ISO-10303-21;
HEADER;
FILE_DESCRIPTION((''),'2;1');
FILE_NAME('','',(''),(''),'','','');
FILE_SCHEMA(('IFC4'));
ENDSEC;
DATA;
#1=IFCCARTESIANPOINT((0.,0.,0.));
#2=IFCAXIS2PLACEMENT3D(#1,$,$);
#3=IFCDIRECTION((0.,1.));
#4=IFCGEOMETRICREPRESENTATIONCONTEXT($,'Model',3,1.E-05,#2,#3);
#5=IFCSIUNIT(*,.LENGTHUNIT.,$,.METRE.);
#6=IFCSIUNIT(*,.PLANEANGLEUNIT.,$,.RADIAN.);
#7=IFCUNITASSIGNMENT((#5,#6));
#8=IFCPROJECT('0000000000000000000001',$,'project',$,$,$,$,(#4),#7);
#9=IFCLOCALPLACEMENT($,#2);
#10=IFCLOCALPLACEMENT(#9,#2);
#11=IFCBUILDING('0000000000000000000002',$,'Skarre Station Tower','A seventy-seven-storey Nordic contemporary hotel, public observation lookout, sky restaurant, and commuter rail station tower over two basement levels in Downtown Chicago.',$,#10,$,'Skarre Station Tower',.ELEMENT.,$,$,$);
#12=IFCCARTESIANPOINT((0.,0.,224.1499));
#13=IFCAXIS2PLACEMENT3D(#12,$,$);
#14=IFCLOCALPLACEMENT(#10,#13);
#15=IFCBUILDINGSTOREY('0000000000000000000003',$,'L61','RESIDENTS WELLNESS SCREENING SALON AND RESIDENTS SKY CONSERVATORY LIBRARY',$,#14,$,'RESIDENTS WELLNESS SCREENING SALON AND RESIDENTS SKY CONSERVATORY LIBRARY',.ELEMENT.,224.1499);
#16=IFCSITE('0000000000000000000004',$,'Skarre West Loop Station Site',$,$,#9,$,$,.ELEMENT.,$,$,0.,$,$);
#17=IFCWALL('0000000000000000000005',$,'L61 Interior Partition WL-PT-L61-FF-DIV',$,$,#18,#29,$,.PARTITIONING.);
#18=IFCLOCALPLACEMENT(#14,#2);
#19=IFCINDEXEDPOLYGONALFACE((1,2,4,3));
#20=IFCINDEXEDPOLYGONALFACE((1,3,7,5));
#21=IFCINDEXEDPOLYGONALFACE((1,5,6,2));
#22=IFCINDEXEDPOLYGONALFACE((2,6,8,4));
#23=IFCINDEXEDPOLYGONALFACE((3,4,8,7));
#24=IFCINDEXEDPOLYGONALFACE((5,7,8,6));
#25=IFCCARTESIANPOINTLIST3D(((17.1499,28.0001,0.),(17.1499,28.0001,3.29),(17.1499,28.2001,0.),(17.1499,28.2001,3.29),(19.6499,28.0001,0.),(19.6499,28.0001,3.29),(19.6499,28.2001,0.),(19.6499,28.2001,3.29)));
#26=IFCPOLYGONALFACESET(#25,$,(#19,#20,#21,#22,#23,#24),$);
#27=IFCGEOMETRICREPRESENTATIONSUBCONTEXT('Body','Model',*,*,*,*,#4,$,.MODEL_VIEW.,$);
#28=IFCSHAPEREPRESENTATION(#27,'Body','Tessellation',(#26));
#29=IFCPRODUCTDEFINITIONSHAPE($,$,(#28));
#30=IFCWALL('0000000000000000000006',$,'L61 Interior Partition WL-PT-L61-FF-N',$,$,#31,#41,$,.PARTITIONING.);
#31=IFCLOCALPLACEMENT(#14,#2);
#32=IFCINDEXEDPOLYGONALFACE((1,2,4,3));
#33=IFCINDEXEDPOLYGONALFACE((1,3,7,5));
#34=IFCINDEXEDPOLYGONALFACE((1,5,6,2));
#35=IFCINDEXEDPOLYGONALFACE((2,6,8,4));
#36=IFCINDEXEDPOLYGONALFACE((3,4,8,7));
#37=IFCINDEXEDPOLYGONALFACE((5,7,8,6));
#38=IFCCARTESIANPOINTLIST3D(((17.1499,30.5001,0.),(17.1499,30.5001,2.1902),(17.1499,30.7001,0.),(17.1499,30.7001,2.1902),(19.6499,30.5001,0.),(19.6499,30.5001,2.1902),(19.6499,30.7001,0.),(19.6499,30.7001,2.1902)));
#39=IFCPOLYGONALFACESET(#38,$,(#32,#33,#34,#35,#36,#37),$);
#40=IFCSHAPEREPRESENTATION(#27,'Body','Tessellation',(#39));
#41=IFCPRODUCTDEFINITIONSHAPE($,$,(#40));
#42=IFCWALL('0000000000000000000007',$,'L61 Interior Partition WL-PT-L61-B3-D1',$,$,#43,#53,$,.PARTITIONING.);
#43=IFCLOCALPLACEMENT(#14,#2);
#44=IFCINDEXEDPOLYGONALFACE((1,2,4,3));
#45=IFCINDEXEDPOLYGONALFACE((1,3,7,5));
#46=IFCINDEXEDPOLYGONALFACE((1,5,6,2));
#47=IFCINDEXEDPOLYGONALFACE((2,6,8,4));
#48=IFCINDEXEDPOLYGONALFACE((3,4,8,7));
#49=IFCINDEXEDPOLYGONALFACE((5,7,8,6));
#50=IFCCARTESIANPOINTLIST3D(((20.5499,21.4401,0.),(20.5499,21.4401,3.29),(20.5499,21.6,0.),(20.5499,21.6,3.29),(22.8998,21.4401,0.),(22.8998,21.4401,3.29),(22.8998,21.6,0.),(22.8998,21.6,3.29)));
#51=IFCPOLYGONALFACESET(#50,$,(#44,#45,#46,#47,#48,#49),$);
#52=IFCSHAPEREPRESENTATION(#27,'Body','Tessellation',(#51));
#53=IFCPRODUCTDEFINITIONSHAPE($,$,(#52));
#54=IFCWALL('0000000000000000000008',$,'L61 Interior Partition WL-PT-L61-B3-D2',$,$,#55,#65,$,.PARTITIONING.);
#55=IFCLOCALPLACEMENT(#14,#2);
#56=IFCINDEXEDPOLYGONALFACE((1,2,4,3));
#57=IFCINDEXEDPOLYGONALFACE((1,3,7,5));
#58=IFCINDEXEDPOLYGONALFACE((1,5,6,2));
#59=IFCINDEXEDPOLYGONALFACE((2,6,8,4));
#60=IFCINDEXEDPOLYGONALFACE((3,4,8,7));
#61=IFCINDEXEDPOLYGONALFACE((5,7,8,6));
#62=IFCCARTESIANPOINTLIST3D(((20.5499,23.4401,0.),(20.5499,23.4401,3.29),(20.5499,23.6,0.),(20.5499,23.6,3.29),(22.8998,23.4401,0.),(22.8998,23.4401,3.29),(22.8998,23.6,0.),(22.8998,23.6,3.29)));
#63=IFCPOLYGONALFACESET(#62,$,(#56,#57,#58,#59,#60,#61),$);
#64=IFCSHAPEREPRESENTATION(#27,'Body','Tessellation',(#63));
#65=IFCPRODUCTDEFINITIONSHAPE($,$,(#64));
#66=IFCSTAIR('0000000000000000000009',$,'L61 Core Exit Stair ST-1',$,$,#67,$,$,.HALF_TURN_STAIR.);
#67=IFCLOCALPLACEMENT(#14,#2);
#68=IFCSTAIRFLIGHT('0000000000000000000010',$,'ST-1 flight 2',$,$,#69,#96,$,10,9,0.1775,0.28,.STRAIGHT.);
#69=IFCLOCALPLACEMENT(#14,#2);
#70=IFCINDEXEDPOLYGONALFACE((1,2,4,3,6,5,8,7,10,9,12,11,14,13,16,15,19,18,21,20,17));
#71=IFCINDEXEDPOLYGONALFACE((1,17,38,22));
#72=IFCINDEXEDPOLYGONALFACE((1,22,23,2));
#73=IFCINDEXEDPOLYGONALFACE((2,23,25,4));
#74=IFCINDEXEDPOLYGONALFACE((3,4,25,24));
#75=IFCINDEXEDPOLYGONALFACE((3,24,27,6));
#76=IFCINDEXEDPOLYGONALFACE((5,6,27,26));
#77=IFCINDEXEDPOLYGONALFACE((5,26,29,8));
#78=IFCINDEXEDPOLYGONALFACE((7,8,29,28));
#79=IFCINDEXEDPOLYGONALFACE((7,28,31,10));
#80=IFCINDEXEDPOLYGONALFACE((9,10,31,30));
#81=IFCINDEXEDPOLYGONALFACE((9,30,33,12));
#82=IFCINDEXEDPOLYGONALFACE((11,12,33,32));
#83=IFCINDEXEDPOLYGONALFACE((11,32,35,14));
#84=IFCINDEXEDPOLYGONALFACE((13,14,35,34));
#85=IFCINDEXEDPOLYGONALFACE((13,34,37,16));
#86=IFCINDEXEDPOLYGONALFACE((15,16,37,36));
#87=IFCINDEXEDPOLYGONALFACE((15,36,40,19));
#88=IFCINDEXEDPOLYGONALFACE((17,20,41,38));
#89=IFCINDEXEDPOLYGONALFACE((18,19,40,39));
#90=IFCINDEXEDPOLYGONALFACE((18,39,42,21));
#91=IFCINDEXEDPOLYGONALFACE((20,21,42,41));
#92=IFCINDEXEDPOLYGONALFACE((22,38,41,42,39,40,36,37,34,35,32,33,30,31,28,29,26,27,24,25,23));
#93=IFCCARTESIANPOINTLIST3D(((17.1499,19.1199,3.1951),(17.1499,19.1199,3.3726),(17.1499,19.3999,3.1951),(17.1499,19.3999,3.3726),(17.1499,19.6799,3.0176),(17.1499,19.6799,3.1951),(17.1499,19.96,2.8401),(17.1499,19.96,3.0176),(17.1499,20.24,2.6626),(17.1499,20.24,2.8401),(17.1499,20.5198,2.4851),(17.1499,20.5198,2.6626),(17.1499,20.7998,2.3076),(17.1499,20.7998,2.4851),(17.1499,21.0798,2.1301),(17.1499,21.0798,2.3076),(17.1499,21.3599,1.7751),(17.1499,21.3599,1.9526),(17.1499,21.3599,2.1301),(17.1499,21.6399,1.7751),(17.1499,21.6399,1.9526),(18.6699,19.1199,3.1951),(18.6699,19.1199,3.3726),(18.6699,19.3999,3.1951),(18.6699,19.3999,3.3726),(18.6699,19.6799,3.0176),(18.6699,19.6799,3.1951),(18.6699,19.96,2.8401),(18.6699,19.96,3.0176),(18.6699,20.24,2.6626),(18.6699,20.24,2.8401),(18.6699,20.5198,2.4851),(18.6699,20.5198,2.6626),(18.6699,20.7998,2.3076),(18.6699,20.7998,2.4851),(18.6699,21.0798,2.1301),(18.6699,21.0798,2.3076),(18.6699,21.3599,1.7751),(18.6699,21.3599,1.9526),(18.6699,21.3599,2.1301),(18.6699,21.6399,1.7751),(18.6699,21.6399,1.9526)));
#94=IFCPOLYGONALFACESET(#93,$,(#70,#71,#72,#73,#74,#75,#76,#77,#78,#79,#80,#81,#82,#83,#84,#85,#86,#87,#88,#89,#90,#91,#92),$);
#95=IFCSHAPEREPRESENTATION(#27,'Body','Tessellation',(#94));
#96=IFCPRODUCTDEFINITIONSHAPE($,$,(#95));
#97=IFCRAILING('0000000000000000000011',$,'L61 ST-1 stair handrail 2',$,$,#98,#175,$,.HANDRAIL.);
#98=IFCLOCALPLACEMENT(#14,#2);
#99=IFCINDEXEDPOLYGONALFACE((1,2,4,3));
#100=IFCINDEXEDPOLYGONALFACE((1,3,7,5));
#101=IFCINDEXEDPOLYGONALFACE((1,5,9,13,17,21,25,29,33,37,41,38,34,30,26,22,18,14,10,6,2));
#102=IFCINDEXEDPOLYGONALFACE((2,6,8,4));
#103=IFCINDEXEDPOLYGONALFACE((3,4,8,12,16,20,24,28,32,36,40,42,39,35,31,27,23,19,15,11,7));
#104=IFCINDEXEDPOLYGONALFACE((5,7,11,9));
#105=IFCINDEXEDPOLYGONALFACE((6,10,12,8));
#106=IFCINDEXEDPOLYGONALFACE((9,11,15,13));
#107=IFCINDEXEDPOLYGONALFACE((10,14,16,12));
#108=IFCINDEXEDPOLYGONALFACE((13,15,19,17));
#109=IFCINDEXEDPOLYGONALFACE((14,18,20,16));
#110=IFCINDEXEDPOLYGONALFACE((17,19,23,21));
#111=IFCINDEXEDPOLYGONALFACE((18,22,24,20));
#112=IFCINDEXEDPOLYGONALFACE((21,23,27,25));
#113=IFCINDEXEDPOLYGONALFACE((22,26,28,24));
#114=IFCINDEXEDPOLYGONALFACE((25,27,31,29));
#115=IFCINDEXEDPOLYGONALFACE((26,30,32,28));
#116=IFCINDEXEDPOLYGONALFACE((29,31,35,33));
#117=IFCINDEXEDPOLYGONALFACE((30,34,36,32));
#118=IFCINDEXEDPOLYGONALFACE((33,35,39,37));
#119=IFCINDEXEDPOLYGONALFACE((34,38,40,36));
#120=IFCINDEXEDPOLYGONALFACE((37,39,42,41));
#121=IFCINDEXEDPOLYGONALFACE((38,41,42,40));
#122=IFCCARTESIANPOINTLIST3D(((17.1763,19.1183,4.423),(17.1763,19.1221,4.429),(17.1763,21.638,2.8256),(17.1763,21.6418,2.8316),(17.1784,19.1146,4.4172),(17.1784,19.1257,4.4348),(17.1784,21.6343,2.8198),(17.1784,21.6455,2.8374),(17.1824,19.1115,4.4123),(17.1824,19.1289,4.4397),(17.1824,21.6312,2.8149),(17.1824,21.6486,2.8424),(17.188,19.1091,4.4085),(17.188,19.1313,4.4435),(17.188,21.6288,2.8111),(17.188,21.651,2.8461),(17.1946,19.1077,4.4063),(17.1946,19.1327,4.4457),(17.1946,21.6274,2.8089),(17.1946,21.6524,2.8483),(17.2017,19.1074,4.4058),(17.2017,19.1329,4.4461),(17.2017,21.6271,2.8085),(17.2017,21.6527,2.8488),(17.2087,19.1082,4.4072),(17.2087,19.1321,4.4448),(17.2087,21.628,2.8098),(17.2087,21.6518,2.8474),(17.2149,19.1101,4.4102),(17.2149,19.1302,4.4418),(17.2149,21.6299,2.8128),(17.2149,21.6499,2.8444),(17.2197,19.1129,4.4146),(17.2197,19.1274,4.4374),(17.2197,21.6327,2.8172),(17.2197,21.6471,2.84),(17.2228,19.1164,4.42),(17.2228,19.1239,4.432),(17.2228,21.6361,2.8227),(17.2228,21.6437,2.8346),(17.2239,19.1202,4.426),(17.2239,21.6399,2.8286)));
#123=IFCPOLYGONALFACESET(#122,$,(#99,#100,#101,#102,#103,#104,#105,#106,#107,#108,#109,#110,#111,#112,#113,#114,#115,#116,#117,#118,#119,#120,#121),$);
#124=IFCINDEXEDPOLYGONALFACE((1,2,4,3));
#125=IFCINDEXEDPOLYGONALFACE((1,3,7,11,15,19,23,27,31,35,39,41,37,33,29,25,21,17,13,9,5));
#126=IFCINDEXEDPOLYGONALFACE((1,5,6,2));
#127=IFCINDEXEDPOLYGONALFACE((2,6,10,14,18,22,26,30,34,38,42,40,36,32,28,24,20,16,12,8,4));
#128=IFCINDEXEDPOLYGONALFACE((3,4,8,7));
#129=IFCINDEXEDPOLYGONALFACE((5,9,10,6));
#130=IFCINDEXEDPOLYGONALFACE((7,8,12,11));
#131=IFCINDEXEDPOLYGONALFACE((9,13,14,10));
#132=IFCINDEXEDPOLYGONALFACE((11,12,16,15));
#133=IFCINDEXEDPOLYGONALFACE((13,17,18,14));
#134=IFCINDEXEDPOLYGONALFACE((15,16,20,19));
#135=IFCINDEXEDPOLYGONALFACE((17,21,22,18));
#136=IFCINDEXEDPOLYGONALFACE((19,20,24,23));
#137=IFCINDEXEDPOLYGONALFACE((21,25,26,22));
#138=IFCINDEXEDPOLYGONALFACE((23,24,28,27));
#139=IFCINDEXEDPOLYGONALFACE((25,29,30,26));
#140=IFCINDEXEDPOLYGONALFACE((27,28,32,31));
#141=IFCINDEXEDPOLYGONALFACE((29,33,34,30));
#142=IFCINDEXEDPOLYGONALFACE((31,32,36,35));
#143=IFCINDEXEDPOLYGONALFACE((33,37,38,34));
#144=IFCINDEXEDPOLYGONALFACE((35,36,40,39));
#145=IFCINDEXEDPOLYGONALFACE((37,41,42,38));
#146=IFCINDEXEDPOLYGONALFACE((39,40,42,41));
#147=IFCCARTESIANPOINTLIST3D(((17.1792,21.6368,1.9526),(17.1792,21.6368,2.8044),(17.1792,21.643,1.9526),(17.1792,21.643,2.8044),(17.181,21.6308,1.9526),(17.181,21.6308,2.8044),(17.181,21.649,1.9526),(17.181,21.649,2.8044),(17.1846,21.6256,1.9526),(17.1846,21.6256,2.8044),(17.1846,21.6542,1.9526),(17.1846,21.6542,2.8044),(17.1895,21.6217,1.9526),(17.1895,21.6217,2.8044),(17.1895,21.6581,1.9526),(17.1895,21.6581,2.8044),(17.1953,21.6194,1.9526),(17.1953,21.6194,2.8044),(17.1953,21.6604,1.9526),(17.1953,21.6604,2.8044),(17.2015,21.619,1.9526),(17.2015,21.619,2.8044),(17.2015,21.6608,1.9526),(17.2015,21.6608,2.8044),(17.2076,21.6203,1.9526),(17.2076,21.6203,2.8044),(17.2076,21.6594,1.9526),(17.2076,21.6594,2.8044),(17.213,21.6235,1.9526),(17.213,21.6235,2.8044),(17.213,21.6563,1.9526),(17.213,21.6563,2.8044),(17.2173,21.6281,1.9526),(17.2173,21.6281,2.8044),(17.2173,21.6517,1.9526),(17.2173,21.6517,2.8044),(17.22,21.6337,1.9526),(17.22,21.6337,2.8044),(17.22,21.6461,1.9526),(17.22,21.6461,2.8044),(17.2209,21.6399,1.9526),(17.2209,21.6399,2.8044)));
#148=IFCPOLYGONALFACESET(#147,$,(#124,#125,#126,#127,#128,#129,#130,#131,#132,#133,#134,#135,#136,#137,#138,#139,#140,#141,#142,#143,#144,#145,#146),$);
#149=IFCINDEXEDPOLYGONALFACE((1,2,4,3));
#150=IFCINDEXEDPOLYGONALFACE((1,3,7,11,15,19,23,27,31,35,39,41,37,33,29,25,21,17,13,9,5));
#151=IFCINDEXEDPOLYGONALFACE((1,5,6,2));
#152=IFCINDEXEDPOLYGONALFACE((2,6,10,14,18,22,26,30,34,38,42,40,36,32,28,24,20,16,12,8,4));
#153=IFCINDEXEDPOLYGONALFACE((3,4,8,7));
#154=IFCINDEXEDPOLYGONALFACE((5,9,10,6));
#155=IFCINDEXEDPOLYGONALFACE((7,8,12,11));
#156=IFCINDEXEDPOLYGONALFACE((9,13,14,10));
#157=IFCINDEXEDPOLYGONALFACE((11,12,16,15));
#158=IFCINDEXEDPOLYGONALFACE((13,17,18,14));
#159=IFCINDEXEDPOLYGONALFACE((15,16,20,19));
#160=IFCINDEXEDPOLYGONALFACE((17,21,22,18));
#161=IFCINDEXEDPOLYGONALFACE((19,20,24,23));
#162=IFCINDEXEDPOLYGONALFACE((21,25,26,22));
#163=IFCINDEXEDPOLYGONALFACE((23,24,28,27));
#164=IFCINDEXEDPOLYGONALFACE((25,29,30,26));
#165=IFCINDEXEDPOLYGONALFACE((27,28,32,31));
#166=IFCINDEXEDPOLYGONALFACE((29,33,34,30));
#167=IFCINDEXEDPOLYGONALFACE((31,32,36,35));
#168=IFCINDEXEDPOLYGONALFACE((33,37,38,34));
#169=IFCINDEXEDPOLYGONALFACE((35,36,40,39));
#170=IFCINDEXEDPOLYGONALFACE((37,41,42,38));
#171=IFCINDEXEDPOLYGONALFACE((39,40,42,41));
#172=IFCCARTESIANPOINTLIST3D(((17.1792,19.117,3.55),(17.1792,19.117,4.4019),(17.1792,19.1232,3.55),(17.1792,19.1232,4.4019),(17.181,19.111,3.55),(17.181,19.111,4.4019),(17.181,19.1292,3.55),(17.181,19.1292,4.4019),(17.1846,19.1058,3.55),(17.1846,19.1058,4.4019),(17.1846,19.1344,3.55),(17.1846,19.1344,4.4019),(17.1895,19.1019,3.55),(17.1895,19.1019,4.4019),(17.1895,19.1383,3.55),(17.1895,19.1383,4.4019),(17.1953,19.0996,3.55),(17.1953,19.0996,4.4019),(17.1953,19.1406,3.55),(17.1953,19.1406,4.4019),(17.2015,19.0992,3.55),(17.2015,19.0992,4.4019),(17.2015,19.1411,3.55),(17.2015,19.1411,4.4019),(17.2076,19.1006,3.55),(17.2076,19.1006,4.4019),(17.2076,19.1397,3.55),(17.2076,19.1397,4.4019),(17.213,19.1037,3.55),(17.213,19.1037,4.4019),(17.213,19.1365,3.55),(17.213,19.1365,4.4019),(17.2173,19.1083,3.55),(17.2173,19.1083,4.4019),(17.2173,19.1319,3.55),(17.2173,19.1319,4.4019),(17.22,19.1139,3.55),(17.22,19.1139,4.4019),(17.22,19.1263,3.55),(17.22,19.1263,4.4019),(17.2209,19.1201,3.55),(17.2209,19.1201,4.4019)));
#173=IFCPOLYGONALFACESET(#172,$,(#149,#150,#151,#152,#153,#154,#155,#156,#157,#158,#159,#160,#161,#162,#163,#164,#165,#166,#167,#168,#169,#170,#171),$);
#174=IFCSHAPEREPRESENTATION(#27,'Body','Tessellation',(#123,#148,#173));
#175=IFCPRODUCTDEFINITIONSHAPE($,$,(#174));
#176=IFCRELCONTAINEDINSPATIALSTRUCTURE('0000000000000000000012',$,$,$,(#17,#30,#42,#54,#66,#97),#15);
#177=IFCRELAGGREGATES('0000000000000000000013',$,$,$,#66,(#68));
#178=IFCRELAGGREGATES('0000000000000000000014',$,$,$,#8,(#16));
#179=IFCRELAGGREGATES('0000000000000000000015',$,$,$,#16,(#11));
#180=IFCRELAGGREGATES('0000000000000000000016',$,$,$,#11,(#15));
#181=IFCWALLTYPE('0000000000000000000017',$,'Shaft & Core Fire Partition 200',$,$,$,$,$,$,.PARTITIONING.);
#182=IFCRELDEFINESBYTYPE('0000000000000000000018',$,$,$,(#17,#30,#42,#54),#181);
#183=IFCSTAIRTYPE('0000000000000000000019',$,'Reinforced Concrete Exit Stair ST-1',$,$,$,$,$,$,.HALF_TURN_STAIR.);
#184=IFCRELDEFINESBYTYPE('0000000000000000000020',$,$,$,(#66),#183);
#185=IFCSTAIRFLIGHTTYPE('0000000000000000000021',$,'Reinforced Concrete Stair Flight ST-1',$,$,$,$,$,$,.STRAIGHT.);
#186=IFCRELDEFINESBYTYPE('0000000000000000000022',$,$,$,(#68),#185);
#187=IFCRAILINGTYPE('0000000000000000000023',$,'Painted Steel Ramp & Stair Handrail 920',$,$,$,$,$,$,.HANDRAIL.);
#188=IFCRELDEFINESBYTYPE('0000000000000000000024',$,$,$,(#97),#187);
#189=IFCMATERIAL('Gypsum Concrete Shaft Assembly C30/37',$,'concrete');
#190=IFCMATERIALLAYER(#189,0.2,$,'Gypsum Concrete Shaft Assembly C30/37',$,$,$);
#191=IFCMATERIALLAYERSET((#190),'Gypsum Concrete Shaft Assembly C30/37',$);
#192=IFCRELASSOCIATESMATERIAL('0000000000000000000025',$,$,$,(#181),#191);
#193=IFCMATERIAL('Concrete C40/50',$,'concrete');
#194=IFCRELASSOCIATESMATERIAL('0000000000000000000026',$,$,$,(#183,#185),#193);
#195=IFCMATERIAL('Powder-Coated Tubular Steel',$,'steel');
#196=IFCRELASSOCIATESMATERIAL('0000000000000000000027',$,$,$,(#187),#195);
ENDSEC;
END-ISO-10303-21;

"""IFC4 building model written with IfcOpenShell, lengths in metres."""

from ifc_helpers import new_model, si_unit, direction, frame, frame_2d, origin, origin_2d, place, context, subcontext, project, spatial, polyline, rectangle, circle, outline, extrude, material, layer, layer_set, type_object, element, aggregate, save


model = new_model("IFC4")

# Units and contexts
model_context = context("Model", 3, precision=1e-05, world=origin(), true_north=direction((0.0, 1.0)))
body_context = subcontext(model_context, "Body", "Model", "MODEL_VIEW")
ifc_project = project(units=[si_unit("LENGTHUNIT", "METRE"), si_unit("PLANEANGLEUNIT", "RADIAN")], contexts=[model_context])

# Site, building, storey
site_placement = place(None, origin())
site = spatial("IfcSite", under=ifc_project, at=site_placement, Name="Skarre West Loop Station Site", CompositionType="ELEMENT", RefElevation=0.0)
building_placement = place(site_placement, origin())
building = spatial("IfcBuilding", under=site, at=building_placement, Name="Skarre Station Tower", Description="A seventy-seven-storey Nordic contemporary hotel, public observation lookout, sky restaurant, and commuter rail station tower over two basement levels in Downtown Chicago.", LongName="Skarre Station Tower", CompositionType="ELEMENT")
storey_placement = place(building_placement, frame((0.0, 0.0, 224.1499)))
storey = spatial("IfcBuildingStorey", under=building, at=storey_placement, Name="L61", Description="RESIDENTS WELLNESS SCREENING SALON AND RESIDENTS SKY CONSERVATORY LIBRARY", LongName="RESIDENTS WELLNESS SCREENING SALON AND RESIDENTS SKY CONSERVATORY LIBRARY", CompositionType="ELEMENT", Elevation=224.1499)

# Shared definitions
ifc_material_1 = material(Name="Gypsum Concrete Shaft Assembly C30/37", Category="concrete")
ifc_layer_1 = layer(ifc_material_1, 0.2, Name="Gypsum Concrete Shaft Assembly C30/37")
ifc_layer_set_1 = layer_set([ifc_layer_1], Name="Gypsum Concrete Shaft Assembly C30/37")
wall_type_1 = type_object("IfcWallType", Name="Shaft & Core Fire Partition 200", PredefinedType="PARTITIONING", material=ifc_layer_set_1)

# Walls
wall_1_placement = place(storey_placement, frame((17.1499, 28.1001, 0.0), z_axis=(0.0, 0.0, 1.0), x_axis=(1.0, 0.0, 0.0)))
element("IfcWall", 1, at=wall_1_placement, inside=storey, type_object=wall_type_1, Name="L61 Interior Partition WL-PT-L61-FF-DIV", PredefinedType="PARTITIONING", context=body_context, shape_type="SweptSolid", body=[
    extrude(rectangle(XDim=2.5, YDim=0.2, at=frame_2d((1.25, 0.0))), origin(), (0.0, 0.0, 1.0), 3.29),
])
wall_2_placement = place(storey_placement, frame((19.6499, 30.6001, 0.0), z_axis=(0.0, 0.0, 1.0), x_axis=(-1.0, 0.0, 0.0)))
element("IfcWall", 2, at=wall_2_placement, inside=storey, type_object=wall_type_1, Name="L61 Interior Partition WL-PT-L61-FF-N", PredefinedType="PARTITIONING", context=body_context, shape_type="SweptSolid", body=[
    extrude(rectangle(XDim=2.5, YDim=0.2, at=frame_2d((1.25, 0.0))), origin(), (0.0, 0.0, 1.0), 2.1902),
])
for number, where, z_axis, x_axis, name in (
    (3, (20.55, 21.52, 0.0), (0.0, 0.0, 1.0), (1.0, 0.0, 0.0), "L61 Interior Partition WL-PT-L61-B3-D1"),
    (4, (20.55, 23.52, 0.0), (0.0, 0.0, 1.0), (1.0, 0.0, 0.0), "L61 Interior Partition WL-PT-L61-B3-D2"),
):
    element("IfcWall", number, at=place(storey_placement, frame(where, z_axis=z_axis, x_axis=x_axis)), inside=storey, type_object=wall_type_1, Name=name, PredefinedType="PARTITIONING", context=body_context, shape_type="SweptSolid", body=[
        extrude(rectangle(XDim=2.3499, YDim=0.1599, at=frame_2d((1.1748, 0.0))), origin(), (0.0, 0.0, 1.0), 3.29),
    ])

# Stair, stair flight
ifc_material_2 = material(Name="Concrete C40/50", Category="concrete")
stair_type = type_object("IfcStairType", Name="Reinforced Concrete Exit Stair ST-1", PredefinedType="HALF_TURN_STAIR", material=ifc_material_2)
stair_placement = place(storey_placement, origin())
stair = element("IfcStair", 5, at=stair_placement, inside=storey, type_object=stair_type, Name="L61 Core Exit Stair ST-1", PredefinedType="HALF_TURN_STAIR")
stair_flight_type = type_object("IfcStairFlightType", Name="Reinforced Concrete Stair Flight ST-1", PredefinedType="STRAIGHT", material=ifc_material_2)
stair_flight_placement = place(storey_placement, frame((17.9099, 21.6399, 1.7751), z_axis=(0.0, 0.0, 1.0), x_axis=(0.0, -1.0, 0.0)))
stair_flight = element("IfcStairFlight", 6, at=stair_flight_placement, type_object=stair_flight_type, Name="ST-1 flight 2", NumberOfRisers=10, NumberOfTreads=9, PredefinedType="STRAIGHT", RiserHeight=0.1775, TreadLength=0.28, context=body_context, shape_type="SweptSolid", body=[
    extrude(outline(polyline([(0.0, 0.0), (0.0, 0.1775), (0.28, 0.1775), (0.28, 0.355), (0.5601, 0.355), (0.5601, 0.5325), (0.8401, 0.5325), (0.8401, 0.71), (1.1201, 0.71), (1.1201, 0.8875), (1.3999, 0.8875), (1.3999, 1.0649), (1.6799, 1.0649), (1.6799, 1.2424), (1.96, 1.2424), (1.96, 1.4199), (2.24, 1.4199), (2.24, 1.5974), (2.52, 1.5974), (2.52, 1.7749), (2.52, 1.4199), (0.28, 0.0), (0.0, 0.0)])), frame((0.0, 0.76, 0.0), z_axis=(0.0, -1.0, 0.0), x_axis=(1.0, 0.0, 0.0)), (0.0, 0.0, 1.0), 1.52),
])
aggregate(stair, [stair_flight])

# Railing
ifc_material_3 = material(Name="Powder-Coated Tubular Steel", Category="steel")
railing_type_1 = type_object("IfcRailingType", Name="Painted Steel Ramp & Stair Handrail 920", PredefinedType="HANDRAIL", material=ifc_material_3)
railing_1_placement = place(storey_placement, frame((17.2, 21.6399, 1.9526)))
element("IfcRailing", 7, at=railing_1_placement, inside=storey, type_object=railing_type_1, Name="L61 ST-1 stair handrail 2", PredefinedType="HANDRAIL", context=body_context, shape_type="SweptSolid", body=[
    extrude(circle(Radius=0.0239, at=origin_2d()), frame((0.0, 0.0, 0.876), z_axis=(0.0, -0.844583, 0.535424), x_axis=(1.0, 0.0, 0.0)), (0.0, 0.0, 1.0), 2.9834),
    extrude(circle(Radius=0.021, at=origin_2d()), origin(), (0.0, 0.0, 1.0), 0.8518),
    extrude(circle(Radius=0.021, at=origin_2d()), frame((0.0, -2.5198, 1.5974)), (0.0, 0.0, 1.0), 0.8518),
])

save(model, "model.ifc")
